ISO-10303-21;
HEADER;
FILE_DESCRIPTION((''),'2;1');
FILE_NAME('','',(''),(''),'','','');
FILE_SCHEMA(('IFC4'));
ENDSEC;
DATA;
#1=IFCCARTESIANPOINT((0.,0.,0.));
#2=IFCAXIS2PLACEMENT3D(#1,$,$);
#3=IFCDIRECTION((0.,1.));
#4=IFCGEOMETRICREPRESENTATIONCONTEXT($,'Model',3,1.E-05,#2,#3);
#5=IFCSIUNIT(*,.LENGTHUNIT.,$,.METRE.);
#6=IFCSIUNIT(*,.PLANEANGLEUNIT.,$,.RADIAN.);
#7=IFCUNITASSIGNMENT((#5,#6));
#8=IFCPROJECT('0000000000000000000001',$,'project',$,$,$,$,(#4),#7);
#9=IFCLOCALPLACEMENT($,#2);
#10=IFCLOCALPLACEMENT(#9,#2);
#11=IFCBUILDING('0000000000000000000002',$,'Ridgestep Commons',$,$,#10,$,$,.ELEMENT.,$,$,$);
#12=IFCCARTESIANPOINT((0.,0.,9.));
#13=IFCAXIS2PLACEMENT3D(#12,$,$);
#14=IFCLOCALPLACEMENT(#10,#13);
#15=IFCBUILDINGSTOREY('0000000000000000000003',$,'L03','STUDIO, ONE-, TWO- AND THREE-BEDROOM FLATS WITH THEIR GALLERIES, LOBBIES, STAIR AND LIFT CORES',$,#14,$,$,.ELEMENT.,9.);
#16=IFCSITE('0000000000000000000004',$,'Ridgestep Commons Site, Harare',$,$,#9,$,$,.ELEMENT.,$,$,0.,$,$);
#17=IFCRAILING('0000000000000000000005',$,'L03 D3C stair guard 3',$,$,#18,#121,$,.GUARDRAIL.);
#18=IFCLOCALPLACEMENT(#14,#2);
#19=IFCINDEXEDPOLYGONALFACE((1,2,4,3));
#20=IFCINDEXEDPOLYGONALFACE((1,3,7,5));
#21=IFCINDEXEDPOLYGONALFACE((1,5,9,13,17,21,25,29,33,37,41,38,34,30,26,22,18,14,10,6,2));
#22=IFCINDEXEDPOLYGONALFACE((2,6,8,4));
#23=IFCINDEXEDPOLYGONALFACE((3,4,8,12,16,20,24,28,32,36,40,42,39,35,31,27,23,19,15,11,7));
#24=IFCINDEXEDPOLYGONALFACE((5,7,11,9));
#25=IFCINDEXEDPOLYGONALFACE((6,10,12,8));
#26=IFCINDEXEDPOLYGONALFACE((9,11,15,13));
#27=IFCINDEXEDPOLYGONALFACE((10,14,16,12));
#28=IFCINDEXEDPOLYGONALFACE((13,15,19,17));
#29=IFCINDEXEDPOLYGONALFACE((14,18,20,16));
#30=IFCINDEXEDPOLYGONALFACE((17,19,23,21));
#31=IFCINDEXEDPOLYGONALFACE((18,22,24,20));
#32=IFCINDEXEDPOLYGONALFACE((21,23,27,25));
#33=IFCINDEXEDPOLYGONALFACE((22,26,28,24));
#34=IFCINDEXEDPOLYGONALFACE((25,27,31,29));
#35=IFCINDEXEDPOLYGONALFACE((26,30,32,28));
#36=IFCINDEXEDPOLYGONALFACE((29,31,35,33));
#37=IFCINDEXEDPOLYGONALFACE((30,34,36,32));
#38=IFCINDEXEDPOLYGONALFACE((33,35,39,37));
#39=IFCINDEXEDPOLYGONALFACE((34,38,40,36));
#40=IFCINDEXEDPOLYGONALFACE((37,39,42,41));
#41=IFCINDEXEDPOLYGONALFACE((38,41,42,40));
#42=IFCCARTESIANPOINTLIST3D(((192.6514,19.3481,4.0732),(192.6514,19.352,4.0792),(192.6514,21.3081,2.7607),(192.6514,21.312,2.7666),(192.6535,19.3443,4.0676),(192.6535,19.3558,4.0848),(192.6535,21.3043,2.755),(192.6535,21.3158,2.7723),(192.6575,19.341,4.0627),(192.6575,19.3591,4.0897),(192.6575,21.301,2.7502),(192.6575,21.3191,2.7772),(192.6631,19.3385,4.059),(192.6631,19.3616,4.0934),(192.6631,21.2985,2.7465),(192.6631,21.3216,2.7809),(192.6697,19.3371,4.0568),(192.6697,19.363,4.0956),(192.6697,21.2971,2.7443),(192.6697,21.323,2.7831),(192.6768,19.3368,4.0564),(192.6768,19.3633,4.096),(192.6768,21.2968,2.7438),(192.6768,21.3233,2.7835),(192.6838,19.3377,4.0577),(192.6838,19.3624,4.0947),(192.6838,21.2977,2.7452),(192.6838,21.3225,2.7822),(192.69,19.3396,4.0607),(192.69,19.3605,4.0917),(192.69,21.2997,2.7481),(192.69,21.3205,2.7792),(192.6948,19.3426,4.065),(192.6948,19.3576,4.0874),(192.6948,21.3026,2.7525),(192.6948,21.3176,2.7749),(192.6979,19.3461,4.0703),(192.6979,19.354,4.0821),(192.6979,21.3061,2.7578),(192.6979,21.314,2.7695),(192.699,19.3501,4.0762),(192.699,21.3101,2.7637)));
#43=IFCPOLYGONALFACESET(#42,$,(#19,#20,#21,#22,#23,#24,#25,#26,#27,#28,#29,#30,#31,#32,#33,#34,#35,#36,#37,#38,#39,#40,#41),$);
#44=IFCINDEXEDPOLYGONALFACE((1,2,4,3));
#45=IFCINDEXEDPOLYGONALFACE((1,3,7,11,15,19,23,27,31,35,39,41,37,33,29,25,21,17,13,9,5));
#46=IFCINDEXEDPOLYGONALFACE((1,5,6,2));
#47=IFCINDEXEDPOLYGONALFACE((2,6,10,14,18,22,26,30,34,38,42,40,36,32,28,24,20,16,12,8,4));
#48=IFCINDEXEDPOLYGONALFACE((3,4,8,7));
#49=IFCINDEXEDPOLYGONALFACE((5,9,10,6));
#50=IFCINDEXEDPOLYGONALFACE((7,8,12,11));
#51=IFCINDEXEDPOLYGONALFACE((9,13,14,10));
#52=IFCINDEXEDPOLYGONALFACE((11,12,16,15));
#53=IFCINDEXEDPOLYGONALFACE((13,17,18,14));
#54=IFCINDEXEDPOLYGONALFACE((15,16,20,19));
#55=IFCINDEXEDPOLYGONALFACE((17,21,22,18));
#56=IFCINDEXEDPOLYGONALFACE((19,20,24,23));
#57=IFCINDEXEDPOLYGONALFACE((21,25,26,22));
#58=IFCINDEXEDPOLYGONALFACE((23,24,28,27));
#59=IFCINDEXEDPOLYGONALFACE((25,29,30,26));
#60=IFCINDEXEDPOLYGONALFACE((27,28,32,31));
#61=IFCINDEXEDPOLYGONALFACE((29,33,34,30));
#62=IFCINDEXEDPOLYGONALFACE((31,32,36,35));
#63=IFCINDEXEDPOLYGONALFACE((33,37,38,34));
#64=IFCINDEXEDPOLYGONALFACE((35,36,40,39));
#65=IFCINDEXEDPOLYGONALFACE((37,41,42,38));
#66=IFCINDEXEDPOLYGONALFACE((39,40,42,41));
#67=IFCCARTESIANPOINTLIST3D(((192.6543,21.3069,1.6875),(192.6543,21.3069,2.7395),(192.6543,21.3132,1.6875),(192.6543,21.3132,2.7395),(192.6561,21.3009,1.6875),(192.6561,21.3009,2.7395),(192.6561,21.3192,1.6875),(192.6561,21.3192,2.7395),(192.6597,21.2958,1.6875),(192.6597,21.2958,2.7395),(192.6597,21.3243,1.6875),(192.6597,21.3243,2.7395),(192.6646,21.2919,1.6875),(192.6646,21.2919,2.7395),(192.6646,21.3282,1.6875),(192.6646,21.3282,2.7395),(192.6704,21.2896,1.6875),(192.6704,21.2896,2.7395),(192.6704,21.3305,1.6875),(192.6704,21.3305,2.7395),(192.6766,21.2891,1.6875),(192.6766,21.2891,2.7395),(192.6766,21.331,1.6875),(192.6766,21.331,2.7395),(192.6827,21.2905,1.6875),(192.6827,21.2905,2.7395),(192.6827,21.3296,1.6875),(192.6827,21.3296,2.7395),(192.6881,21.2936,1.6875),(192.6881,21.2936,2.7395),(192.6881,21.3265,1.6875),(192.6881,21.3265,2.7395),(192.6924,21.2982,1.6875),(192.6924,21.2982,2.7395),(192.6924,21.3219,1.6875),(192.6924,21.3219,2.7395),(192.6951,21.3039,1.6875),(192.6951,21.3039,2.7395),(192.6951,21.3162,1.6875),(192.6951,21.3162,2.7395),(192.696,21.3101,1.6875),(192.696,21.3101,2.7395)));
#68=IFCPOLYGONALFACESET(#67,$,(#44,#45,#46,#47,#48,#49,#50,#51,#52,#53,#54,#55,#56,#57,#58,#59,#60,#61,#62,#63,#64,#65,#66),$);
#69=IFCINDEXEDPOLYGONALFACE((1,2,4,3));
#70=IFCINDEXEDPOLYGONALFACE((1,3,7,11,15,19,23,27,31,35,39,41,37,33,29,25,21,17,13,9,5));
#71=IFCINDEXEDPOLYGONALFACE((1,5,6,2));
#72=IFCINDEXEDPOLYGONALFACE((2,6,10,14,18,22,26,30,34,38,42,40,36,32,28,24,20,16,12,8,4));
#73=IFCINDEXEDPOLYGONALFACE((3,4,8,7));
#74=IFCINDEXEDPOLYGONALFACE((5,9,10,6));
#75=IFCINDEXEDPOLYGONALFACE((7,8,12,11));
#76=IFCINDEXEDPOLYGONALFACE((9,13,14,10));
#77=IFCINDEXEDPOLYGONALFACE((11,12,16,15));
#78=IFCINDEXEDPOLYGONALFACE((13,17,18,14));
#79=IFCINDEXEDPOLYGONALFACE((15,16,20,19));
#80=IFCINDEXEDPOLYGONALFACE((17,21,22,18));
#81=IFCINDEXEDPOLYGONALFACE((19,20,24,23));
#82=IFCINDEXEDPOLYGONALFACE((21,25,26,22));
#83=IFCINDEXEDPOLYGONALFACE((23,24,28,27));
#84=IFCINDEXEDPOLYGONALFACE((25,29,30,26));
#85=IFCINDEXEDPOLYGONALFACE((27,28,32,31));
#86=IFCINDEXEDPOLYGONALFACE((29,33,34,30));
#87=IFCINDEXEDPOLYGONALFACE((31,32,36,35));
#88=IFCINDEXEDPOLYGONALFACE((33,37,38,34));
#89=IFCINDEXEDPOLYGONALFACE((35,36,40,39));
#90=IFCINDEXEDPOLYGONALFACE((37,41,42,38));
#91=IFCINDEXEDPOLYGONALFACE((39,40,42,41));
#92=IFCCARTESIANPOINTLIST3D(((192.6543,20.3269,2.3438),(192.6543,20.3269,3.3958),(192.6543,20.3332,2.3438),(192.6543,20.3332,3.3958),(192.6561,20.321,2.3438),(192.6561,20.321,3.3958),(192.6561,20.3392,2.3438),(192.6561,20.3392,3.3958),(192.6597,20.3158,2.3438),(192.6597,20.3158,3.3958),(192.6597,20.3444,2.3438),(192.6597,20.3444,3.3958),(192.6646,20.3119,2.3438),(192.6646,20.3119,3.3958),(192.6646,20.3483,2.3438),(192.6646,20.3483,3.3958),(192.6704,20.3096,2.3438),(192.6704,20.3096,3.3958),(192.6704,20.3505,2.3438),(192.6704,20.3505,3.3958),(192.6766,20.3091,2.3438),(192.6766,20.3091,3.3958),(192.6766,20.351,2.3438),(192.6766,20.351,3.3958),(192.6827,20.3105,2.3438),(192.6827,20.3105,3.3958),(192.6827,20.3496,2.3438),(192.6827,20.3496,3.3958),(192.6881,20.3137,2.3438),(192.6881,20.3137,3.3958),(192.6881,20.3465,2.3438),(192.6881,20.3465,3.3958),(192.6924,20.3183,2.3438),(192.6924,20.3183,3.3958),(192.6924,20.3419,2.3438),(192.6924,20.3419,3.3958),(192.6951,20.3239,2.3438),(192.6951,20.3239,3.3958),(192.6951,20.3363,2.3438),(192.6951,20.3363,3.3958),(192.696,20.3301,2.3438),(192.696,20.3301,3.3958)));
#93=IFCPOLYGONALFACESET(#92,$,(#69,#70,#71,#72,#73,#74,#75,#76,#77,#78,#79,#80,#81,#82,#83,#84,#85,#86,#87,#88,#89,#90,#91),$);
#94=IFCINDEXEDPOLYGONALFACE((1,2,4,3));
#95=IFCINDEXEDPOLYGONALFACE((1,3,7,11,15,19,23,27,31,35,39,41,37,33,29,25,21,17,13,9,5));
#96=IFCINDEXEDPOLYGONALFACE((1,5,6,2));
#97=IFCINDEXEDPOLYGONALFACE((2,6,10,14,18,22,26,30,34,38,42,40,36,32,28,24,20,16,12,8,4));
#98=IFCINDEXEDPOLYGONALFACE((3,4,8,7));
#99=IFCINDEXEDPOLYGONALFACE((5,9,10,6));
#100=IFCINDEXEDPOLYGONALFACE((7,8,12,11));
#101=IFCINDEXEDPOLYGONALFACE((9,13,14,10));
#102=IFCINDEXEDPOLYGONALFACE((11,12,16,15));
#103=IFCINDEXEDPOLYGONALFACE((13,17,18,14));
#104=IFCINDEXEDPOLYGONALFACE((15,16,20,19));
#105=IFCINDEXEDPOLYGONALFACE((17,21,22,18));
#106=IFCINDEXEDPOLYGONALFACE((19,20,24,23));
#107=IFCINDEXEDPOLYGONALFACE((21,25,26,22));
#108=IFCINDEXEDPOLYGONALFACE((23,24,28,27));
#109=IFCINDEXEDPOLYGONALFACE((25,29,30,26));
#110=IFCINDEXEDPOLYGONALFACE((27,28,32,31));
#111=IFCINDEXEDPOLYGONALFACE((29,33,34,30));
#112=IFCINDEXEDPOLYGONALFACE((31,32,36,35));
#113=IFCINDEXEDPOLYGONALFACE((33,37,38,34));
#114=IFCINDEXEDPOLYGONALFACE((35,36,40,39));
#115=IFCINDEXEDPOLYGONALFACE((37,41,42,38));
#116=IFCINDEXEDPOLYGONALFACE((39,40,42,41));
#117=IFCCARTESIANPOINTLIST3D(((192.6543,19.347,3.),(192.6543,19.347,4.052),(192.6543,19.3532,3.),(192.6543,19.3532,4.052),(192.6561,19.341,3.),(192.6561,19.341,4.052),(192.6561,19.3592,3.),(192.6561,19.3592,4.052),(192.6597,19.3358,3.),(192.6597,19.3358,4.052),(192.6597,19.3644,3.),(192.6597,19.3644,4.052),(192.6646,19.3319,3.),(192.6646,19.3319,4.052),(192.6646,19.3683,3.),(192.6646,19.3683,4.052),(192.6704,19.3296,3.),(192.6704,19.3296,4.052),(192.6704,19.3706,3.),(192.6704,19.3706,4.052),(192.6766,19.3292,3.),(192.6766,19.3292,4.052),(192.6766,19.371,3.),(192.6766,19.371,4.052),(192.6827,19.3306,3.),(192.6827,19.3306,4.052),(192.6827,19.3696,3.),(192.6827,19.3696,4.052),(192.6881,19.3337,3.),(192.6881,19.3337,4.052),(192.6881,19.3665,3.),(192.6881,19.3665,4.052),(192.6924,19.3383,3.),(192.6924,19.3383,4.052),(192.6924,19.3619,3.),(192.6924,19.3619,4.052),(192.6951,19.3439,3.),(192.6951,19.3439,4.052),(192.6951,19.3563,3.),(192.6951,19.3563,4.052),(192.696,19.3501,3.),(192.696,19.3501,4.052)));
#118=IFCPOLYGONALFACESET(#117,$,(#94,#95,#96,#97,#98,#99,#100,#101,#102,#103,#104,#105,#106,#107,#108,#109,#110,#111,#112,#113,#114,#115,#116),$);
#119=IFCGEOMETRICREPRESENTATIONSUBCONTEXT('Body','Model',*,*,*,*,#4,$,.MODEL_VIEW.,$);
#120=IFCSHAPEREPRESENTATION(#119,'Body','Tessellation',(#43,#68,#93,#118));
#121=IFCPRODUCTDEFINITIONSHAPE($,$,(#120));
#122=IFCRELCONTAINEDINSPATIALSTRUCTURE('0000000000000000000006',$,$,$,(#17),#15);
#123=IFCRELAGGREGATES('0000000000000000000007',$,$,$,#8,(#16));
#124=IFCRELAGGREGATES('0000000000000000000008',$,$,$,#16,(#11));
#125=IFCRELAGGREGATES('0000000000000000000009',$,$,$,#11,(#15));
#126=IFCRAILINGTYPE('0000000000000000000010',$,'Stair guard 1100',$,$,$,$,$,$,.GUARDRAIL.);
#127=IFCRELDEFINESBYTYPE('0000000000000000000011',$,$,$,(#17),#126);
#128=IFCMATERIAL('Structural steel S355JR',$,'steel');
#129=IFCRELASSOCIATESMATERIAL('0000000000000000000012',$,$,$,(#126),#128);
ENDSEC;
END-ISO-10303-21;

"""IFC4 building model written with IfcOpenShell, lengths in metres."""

from ifc_helpers import new_model, si_unit, direction, frame, origin, origin_2d, place, context, subcontext, project, spatial, circle, extrude, material, type_object, element, save


model = new_model("IFC4")

# Units and contexts
model_context = context("Model", 3, precision=1e-05, world=origin(), true_north=direction((0.0, 1.0)))
body_context = subcontext(model_context, "Body", "Model", "MODEL_VIEW")
ifc_project = project(units=[si_unit("LENGTHUNIT", "METRE"), si_unit("PLANEANGLEUNIT", "RADIAN")], contexts=[model_context])

# Site, building, storey
site_placement = place(None, origin())
site = spatial("IfcSite", under=ifc_project, at=site_placement, Name="Ridgestep Commons Site, Harare", CompositionType="ELEMENT", RefElevation=0.0)
building_placement = place(site_placement, origin())
building = spatial("IfcBuilding", under=site, at=building_placement, Name="Ridgestep Commons", CompositionType="ELEMENT")
storey_placement = place(building_placement, frame((0.0, 0.0, 9.0)))
storey = spatial("IfcBuildingStorey", under=building, at=storey_placement, Name="L03", Description="STUDIO, ONE-, TWO- AND THREE-BEDROOM FLATS WITH THEIR GALLERIES, LOBBIES, STAIR AND LIFT CORES", CompositionType="ELEMENT", Elevation=9.0)

# Railing
ifc_material_1 = material(Name="Structural steel S355JR", Category="steel")
railing_type_1 = type_object("IfcRailingType", Name="Stair guard 1100", PredefinedType="GUARDRAIL", material=ifc_material_1)
railing_1_placement = place(storey_placement, frame((192.675, 21.3101, 1.6875)))
element("IfcRailing", 1, at=railing_1_placement, inside=storey, type_object=railing_type_1, Name="L03 D3C stair guard 3", PredefinedType="GUARDRAIL", context=body_context, shape_type="SweptSolid", body=[
    extrude(circle(Radius=0.0239, at=origin_2d()), frame((0.0, 0.0, 1.0762), z_axis=(0.0, -0.830902, 0.556419), x_axis=(1.0, 0.0, 0.0)), (0.0, 0.0, 1.0), 2.3589),
    extrude(circle(Radius=0.021, at=origin_2d()), origin(), (0.0, 0.0, 1.0), 1.052),
    extrude(circle(Radius=0.021, at=origin_2d()), frame((0.0, -0.98, 0.6562)), (0.0, 0.0, 1.0), 1.052),
    extrude(circle(Radius=0.021, at=origin_2d()), frame((0.0, -1.96, 1.3125)), (0.0, 0.0, 1.0), 1.052),
])

save(model, "model.ifc")
